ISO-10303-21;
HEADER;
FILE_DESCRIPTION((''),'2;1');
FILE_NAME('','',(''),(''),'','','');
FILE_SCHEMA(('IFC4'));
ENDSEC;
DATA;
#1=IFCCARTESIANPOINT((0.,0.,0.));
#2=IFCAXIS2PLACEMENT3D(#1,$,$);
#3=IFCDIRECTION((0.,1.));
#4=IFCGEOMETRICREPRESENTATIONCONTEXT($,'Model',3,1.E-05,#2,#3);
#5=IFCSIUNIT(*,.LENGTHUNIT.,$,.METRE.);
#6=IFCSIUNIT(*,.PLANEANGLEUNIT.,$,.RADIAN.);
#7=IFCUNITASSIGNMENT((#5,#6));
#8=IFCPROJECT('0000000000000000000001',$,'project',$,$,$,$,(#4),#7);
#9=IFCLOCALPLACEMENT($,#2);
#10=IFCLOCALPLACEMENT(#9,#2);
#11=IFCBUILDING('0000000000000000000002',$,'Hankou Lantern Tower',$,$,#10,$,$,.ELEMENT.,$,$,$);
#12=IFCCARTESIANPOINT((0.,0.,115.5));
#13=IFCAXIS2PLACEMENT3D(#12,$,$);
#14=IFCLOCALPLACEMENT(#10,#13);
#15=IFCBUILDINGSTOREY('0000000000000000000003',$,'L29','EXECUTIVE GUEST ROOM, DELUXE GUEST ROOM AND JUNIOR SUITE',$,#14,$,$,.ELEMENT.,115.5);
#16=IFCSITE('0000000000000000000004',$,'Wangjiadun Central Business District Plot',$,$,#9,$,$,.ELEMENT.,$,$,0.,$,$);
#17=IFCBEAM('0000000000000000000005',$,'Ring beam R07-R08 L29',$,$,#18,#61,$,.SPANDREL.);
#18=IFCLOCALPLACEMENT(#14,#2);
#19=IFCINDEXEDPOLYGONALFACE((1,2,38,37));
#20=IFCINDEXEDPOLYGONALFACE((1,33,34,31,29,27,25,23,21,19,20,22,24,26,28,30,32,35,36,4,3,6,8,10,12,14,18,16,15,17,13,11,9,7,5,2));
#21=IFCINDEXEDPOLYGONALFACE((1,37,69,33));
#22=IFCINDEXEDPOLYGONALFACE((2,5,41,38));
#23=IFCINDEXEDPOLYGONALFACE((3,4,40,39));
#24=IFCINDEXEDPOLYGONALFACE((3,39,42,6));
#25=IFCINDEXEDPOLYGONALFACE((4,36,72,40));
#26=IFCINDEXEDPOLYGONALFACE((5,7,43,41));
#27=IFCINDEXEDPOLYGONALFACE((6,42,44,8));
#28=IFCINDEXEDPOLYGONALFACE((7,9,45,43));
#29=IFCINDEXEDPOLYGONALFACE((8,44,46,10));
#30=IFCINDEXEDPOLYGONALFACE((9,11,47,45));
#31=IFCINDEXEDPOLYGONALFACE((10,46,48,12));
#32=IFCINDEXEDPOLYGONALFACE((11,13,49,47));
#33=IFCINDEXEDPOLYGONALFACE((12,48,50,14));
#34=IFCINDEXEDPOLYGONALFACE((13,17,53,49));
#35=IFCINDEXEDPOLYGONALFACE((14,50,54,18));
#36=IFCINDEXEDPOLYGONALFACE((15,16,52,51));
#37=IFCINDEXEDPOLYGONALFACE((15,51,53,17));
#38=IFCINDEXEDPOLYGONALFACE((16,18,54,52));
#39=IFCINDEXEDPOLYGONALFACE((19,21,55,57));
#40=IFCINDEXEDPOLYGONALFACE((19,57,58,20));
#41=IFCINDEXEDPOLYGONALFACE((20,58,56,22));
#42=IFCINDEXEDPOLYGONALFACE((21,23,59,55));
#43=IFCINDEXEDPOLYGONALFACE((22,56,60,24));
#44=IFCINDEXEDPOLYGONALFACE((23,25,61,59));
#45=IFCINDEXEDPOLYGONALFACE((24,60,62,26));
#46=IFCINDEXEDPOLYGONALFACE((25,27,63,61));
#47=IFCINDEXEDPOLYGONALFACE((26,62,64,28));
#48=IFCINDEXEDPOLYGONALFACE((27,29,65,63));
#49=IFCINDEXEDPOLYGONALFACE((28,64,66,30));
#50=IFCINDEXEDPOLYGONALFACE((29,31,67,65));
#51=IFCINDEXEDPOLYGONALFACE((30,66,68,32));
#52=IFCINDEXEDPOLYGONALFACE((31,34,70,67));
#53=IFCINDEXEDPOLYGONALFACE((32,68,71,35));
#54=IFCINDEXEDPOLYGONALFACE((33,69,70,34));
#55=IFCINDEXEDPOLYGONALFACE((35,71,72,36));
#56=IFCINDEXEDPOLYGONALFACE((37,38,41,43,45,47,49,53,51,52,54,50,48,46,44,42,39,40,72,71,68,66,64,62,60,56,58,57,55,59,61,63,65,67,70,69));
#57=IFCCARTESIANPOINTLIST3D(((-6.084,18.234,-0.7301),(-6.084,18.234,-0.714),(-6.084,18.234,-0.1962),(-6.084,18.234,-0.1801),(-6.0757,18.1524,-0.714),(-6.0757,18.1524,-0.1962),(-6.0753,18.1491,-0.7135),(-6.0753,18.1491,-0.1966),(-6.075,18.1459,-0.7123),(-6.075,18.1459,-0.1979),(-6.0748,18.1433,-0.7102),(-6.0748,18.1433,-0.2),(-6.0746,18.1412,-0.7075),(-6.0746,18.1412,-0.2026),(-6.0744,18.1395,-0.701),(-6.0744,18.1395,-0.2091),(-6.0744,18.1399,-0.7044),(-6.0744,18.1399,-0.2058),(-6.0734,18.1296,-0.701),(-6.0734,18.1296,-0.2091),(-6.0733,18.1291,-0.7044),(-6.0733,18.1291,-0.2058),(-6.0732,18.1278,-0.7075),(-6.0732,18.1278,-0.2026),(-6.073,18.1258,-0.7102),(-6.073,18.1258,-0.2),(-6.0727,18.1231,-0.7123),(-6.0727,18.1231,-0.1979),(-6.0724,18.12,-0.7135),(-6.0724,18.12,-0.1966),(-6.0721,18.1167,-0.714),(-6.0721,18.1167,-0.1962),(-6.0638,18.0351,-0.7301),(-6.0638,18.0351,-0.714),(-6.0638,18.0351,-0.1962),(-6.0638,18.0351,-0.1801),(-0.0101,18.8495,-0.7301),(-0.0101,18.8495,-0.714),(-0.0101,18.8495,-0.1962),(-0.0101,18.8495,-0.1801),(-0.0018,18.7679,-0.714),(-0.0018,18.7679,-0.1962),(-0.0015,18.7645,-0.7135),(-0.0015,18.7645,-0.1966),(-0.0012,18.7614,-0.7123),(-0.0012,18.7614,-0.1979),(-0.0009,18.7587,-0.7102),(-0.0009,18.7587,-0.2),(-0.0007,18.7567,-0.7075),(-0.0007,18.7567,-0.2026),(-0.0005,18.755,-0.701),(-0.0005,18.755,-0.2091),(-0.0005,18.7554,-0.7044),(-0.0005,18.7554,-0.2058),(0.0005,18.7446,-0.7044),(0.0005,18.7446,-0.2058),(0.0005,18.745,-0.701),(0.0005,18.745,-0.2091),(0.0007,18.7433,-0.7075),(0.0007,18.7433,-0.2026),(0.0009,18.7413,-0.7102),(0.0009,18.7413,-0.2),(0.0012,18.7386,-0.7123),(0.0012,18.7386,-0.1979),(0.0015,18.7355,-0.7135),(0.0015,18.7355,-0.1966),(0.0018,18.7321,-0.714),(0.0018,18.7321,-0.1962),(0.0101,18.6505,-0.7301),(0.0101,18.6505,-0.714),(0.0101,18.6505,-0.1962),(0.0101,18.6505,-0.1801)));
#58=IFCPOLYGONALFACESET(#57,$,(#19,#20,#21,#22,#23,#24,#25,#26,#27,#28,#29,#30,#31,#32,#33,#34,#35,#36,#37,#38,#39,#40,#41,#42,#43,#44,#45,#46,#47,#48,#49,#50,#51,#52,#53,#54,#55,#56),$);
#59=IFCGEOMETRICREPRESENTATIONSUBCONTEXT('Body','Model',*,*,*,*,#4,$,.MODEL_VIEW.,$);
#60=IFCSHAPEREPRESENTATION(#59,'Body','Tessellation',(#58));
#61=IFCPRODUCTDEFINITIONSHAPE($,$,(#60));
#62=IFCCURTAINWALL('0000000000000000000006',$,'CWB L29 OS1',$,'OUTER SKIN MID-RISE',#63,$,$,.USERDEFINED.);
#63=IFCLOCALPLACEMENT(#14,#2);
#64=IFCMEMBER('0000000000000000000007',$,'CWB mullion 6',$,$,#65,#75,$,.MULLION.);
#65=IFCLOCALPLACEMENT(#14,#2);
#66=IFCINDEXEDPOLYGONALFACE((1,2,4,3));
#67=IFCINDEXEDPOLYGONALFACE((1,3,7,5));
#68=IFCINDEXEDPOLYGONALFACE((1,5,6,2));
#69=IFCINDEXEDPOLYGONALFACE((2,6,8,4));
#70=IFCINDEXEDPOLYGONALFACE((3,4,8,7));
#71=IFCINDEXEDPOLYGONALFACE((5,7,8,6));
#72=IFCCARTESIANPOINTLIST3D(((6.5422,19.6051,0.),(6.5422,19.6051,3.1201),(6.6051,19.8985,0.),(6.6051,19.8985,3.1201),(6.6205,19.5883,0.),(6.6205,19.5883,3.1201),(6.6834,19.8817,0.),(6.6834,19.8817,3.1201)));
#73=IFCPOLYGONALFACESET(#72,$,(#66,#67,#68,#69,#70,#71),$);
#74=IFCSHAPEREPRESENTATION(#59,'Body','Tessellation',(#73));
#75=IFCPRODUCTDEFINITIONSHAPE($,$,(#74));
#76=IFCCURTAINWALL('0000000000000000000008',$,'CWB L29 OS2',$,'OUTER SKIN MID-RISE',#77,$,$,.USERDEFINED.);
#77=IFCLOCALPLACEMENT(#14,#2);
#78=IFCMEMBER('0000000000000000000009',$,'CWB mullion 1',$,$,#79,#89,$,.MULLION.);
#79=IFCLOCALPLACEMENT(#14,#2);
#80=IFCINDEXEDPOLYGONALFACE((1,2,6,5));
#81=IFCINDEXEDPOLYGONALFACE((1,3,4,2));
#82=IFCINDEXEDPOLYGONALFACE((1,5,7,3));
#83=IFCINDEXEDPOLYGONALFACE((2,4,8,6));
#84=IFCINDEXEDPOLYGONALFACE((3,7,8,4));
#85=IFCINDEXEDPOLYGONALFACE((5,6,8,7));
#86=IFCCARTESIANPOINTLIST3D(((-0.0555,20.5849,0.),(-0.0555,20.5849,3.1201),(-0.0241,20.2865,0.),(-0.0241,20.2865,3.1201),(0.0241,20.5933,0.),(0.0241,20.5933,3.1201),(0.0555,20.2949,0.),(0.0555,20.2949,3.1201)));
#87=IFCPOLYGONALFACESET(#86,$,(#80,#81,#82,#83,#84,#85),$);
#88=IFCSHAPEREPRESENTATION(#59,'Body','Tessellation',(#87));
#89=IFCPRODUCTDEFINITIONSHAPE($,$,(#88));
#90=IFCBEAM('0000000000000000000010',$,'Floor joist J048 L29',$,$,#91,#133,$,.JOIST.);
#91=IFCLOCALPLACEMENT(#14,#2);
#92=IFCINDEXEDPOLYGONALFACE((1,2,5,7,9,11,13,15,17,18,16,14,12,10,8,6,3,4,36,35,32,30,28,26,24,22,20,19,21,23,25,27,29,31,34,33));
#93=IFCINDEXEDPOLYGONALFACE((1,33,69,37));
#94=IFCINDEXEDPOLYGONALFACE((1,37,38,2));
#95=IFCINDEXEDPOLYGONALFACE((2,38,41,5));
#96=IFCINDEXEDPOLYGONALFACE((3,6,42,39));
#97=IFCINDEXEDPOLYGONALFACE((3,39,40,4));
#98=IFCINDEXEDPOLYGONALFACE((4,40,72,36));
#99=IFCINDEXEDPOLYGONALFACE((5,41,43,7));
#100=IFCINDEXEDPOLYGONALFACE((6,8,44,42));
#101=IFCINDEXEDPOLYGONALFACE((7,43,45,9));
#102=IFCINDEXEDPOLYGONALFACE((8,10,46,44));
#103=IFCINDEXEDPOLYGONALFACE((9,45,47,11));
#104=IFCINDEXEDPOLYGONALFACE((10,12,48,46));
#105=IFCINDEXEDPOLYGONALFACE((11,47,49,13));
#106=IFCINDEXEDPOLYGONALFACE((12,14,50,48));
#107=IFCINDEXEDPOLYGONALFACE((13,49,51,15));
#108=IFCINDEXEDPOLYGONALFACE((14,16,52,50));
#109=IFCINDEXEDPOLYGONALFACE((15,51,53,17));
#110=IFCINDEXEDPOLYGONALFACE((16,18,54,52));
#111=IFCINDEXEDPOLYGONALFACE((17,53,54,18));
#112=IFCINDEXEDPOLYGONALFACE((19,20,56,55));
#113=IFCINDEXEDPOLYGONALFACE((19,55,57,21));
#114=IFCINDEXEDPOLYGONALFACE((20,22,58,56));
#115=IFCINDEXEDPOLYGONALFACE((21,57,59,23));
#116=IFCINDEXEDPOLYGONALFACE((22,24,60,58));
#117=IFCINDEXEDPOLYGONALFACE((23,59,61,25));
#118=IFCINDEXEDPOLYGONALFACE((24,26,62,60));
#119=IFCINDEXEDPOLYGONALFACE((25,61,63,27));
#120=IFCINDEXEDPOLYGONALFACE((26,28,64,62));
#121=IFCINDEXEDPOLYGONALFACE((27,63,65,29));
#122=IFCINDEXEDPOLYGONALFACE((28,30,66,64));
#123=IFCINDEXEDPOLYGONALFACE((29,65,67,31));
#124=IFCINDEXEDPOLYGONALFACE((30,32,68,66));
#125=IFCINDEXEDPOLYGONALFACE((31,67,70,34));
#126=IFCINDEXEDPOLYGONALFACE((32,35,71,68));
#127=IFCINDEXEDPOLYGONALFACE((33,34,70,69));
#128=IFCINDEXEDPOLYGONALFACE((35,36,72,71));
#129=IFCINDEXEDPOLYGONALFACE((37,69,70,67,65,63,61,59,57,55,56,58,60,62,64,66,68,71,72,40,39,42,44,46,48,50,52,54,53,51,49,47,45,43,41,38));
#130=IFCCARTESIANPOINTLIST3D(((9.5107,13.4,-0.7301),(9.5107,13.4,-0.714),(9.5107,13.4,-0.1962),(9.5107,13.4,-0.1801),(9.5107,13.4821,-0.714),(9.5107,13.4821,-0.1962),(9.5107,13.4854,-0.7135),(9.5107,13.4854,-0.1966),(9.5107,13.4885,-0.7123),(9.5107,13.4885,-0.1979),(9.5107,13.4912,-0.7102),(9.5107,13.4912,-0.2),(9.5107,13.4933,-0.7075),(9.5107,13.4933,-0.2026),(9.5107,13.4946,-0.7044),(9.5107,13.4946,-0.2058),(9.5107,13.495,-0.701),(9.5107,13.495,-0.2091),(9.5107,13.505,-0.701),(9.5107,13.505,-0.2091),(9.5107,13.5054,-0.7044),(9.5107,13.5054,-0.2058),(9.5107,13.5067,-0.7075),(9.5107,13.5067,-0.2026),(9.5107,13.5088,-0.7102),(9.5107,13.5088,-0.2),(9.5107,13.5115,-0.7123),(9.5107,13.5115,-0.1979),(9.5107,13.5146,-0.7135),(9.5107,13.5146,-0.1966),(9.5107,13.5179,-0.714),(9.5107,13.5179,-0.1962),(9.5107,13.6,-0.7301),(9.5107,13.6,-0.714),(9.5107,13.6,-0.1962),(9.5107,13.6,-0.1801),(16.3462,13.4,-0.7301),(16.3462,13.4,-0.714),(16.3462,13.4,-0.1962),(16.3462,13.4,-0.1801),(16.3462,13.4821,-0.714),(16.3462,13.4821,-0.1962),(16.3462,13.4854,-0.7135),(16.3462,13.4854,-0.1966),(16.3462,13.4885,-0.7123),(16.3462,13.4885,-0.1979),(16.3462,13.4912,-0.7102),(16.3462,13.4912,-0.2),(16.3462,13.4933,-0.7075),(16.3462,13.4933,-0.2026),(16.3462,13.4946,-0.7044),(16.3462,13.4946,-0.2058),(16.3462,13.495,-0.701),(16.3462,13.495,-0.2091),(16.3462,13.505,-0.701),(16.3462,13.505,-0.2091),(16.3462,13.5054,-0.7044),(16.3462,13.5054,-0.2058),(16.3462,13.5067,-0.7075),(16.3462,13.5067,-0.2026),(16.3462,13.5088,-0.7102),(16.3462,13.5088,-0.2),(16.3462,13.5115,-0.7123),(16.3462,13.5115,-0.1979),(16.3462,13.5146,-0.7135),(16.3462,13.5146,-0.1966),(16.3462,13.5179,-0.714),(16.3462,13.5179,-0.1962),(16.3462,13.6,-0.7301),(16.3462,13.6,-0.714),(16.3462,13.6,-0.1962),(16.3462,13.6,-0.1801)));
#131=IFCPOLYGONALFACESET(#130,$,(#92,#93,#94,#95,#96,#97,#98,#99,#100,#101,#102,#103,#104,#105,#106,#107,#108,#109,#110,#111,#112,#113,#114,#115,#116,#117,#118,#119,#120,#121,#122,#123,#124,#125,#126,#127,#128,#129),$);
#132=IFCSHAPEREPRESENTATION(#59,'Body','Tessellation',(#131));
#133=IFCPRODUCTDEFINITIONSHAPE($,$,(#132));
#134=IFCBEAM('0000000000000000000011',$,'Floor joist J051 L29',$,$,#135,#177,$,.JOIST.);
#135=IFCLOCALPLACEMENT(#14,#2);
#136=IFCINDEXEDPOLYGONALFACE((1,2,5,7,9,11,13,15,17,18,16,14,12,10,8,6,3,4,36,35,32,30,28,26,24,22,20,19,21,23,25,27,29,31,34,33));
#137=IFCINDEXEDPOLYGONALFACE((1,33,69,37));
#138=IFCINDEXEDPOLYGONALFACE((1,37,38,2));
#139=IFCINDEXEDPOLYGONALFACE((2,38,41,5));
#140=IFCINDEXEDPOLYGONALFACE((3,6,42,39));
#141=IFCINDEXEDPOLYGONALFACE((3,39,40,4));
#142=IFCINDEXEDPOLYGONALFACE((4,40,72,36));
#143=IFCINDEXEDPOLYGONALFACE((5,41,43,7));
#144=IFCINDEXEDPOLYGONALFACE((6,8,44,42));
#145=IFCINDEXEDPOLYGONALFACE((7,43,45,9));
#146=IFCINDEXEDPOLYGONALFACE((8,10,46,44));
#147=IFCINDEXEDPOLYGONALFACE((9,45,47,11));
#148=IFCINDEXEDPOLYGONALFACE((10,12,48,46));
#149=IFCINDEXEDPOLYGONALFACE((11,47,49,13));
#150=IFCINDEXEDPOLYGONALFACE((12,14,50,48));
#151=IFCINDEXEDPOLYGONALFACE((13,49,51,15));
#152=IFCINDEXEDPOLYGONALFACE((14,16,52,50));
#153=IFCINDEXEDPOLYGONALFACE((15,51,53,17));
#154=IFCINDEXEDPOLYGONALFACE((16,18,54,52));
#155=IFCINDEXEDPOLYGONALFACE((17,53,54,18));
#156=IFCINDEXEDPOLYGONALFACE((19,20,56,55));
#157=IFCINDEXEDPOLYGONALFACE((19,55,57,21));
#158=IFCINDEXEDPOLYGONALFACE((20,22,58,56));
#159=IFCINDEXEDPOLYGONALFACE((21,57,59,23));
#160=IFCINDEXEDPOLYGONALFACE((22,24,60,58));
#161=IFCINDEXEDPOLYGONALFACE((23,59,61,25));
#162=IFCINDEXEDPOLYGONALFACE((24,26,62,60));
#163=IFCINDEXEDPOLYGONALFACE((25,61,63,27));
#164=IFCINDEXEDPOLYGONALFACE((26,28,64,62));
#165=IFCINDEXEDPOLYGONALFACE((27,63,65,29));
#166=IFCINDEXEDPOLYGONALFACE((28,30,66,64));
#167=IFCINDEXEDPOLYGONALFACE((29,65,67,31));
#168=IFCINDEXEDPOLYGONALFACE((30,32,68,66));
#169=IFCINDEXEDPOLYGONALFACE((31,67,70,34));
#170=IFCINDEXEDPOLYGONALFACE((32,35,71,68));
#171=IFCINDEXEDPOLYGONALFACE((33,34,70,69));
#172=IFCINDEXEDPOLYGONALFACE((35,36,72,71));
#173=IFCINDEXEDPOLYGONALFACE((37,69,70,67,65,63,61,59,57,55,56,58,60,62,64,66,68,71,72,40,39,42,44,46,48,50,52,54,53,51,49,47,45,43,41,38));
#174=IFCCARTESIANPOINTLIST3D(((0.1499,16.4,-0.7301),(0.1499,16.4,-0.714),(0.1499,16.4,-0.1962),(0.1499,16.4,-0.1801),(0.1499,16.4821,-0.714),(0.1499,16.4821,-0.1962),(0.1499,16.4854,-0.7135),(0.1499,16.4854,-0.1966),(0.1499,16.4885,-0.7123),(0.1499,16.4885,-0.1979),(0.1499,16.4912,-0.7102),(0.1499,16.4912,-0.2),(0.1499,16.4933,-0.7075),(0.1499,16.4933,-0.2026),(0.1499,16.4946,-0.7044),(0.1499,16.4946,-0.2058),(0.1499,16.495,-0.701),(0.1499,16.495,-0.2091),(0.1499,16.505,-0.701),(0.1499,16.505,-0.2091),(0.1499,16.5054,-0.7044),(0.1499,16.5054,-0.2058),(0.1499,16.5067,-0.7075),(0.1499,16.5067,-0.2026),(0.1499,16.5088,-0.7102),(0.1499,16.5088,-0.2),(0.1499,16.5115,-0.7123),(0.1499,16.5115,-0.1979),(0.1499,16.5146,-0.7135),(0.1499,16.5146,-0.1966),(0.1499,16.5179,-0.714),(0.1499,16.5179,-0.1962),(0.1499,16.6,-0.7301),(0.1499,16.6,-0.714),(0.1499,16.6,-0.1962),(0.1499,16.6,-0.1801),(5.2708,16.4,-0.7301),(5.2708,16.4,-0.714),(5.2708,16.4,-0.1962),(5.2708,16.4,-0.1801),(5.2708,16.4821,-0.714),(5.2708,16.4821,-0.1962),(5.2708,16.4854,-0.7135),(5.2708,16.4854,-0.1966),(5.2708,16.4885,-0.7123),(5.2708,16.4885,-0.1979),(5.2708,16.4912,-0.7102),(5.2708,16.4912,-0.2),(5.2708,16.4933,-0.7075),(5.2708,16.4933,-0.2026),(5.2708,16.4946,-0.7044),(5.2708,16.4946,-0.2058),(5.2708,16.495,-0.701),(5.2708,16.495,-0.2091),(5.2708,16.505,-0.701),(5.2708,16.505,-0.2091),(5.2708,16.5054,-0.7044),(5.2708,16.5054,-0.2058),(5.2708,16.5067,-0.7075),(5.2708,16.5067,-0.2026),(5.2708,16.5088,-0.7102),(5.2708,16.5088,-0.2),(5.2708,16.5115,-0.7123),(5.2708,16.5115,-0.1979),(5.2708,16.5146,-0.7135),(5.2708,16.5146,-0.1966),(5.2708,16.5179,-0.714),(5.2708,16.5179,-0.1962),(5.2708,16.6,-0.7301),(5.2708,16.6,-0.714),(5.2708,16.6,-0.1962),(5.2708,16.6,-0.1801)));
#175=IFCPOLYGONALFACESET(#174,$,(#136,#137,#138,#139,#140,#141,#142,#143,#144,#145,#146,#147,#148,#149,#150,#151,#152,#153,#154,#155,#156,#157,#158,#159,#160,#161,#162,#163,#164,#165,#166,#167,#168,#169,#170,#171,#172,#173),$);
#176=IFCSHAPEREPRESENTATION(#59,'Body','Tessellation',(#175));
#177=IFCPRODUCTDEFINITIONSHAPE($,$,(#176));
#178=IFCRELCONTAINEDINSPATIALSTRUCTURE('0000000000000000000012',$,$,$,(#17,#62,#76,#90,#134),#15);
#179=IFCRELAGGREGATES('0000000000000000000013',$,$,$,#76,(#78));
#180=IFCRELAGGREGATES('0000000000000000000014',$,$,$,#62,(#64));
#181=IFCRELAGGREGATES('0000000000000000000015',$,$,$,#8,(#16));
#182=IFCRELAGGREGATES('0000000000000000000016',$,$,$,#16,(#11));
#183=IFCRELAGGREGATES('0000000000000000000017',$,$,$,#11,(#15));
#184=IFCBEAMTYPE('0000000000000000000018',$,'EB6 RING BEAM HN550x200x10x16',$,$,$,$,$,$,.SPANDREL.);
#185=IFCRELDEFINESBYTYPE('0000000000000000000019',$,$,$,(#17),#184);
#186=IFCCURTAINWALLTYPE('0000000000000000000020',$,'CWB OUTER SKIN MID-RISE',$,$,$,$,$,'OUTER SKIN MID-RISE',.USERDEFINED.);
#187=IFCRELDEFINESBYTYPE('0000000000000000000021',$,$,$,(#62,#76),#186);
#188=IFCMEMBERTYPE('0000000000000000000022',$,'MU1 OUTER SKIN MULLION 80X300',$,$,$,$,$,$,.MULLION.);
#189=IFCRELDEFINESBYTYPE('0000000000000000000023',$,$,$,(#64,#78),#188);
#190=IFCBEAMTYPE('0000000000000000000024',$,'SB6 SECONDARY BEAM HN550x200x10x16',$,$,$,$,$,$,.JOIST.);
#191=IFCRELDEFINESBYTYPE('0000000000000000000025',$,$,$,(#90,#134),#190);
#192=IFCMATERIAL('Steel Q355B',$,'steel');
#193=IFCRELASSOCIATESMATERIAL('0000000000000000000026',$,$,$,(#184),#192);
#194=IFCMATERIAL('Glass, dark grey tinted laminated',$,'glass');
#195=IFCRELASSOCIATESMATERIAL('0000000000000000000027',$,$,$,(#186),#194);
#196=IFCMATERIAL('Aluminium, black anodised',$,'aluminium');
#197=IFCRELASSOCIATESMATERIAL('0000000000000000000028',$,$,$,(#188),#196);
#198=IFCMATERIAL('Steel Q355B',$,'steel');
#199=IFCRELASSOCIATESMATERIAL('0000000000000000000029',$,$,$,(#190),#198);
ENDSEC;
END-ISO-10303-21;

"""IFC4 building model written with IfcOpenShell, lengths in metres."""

from ifc_helpers import new_model, si_unit, direction, frame, origin, origin_2d, place, context, subcontext, project, spatial, rectangle, i_section, extrude, material, material_profile, profile_set, type_object, element, aggregate, save


model = new_model("IFC4")

# Units and contexts
model_context = context("Model", 3, precision=1e-05, world=origin(), true_north=direction((0.0, 1.0)))
body_context = subcontext(model_context, "Body", "Model", "MODEL_VIEW")
ifc_project = project(units=[si_unit("LENGTHUNIT", "METRE"), si_unit("PLANEANGLEUNIT", "RADIAN")], contexts=[model_context])

# Site, building, storey
site_placement = place(None, origin())
site = spatial("IfcSite", under=ifc_project, at=site_placement, Name="Wangjiadun Central Business District Plot", CompositionType="ELEMENT", RefElevation=0.0)
building_placement = place(site_placement, origin())
building = spatial("IfcBuilding", under=site, at=building_placement, Name="Hankou Lantern Tower", CompositionType="ELEMENT")
storey_placement = place(building_placement, frame((0.0, 0.0, 115.5)))
storey = spatial("IfcBuildingStorey", under=building, at=storey_placement, Name="L29", Description="EXECUTIVE GUEST ROOM, DELUXE GUEST ROOM AND JUNIOR SUITE", CompositionType="ELEMENT", Elevation=115.5)

# Beam
ifc_material_1 = material(Name="Steel Q355B", Category="steel")
ifc_material_profile_1 = material_profile(ifc_material_1, i_section(OverallWidth=0.2, OverallDepth=0.55, WebThickness=0.01, FlangeThickness=0.0161, FilletRadius=0.0129, at=origin_2d()), Name="HN550x200x10x16")
ifc_profile_set_1 = profile_set([ifc_material_profile_1], Name="Steel Q355B")
beam_type_1 = type_object("IfcBeamType", Name="EB6 RING BEAM HN550x200x10x16", PredefinedType="SPANDREL", material=ifc_profile_set_1)
for number, where, z_axis, x_axis, name in (
    (1, (0.0, 18.75, -0.4551), (-0.994905, -0.100814, 0.0), (0.100814, -0.994905, 0.0), "Ring beam R07-R08 L29"),
):
    element("IfcBeam", number, at=place(storey_placement, frame(where, z_axis=z_axis, x_axis=x_axis)), inside=storey, type_object=beam_type_1, Name=name, PredefinedType="SPANDREL", context=body_context, shape_type="SweptSolid", body=[
        extrude(i_section(OverallWidth=0.2, OverallDepth=0.55, WebThickness=0.01, FlangeThickness=0.0161, FilletRadius=0.0129, at=origin_2d()), origin(), (0.0, 0.0, 1.0), 6.105),
    ])

# Curtain walls, members
ifc_material_2 = material(Name="Glass, dark grey tinted laminated", Category="glass")
curtain_wall_type = type_object("IfcCurtainWallType", Name="CWB OUTER SKIN MID-RISE", ElementType="OUTER SKIN MID-RISE", PredefinedType="USERDEFINED", material=ifc_material_2)
curtain_wall_1_placement = place(storey_placement, origin())
curtain_wall_1 = element("IfcCurtainWall", 2, at=curtain_wall_1_placement, inside=storey, type_object=curtain_wall_type, Name="CWB L29 OS1", ObjectType="OUTER SKIN MID-RISE", PredefinedType="USERDEFINED")
ifc_material_3 = material(Name="Aluminium, black anodised", Category="aluminium")
ifc_material_profile_2 = material_profile(ifc_material_3, rectangle(XDim=0.0801, YDim=0.3, at=origin_2d()), Name="MU1 80X300")
ifc_profile_set_2 = profile_set([ifc_material_profile_2], Name="Aluminium, black anodised")
member_type_1 = type_object("IfcMemberType", Name="MU1 OUTER SKIN MULLION 80X300", PredefinedType="MULLION", material=ifc_profile_set_2)
member_1_placement = place(storey_placement, frame((6.6128, 19.7434, 0.0), z_axis=(0.0, 0.0, 1.0), x_axis=(-0.977788, 0.209598, 0.0)))
member_1 = element("IfcMember", 3, at=member_1_placement, type_object=member_type_1, Name="CWB mullion 6", PredefinedType="MULLION", context=body_context, shape_type="SweptSolid", body=[
    extrude(rectangle(XDim=0.0801, YDim=0.3, at=origin_2d()), origin(), (0.0, 0.0, 1.0), 3.1201),
])
curtain_wall_2_placement = place(storey_placement, origin())
curtain_wall_2 = element("IfcCurtainWall", 4, at=curtain_wall_2_placement, inside=storey, type_object=curtain_wall_type, Name="CWB L29 OS2", ObjectType="OUTER SKIN MID-RISE", PredefinedType="USERDEFINED")
member_2_placement = place(storey_placement, frame((0.0, 20.4399, 0.0), z_axis=(0.0, 0.0, 1.0), x_axis=(-0.994499, -0.104743, 0.0)))
member_2 = element("IfcMember", 5, at=member_2_placement, type_object=member_type_1, Name="CWB mullion 1", PredefinedType="MULLION", context=body_context, shape_type="SweptSolid", body=[
    extrude(rectangle(XDim=0.0801, YDim=0.3, at=origin_2d()), origin(), (0.0, 0.0, 1.0), 3.1201),
])
aggregate(curtain_wall_2, [member_2])

# Beams
ifc_material_4 = material(Name="Steel Q355B", Category="steel")
ifc_material_profile_3 = material_profile(ifc_material_4, i_section(OverallWidth=0.2, OverallDepth=0.55, WebThickness=0.01, FlangeThickness=0.0161, FilletRadius=0.0129, at=origin_2d()), Name="HN550x200x10x16")
ifc_profile_set_3 = profile_set([ifc_material_profile_3], Name="Steel Q355B")
beam_type_2 = type_object("IfcBeamType", Name="SB6 SECONDARY BEAM HN550x200x10x16", PredefinedType="JOIST", material=ifc_profile_set_3)
beam_1_placement = place(storey_placement, frame((9.5107, 13.5, -0.4551), z_axis=(1.0, 0.0, 0.0), x_axis=(0.0, 1.0, 0.0)))
element("IfcBeam", 6, at=beam_1_placement, inside=storey, type_object=beam_type_2, Name="Floor joist J048 L29", PredefinedType="JOIST", context=body_context, shape_type="SweptSolid", body=[
    extrude(i_section(OverallWidth=0.2, OverallDepth=0.55, WebThickness=0.01, FlangeThickness=0.0161, FilletRadius=0.0129, at=origin_2d()), origin(), (0.0, 0.0, 1.0), 6.8354),
])
beam_2_placement = place(storey_placement, frame((0.1499, 16.5, -0.4551), z_axis=(1.0, 0.0, 0.0), x_axis=(0.0, 1.0, 0.0)))
element("IfcBeam", 7, at=beam_2_placement, inside=storey, type_object=beam_type_2, Name="Floor joist J051 L29", PredefinedType="JOIST", context=body_context, shape_type="SweptSolid", body=[
    extrude(i_section(OverallWidth=0.2, OverallDepth=0.55, WebThickness=0.01, FlangeThickness=0.0161, FilletRadius=0.0129, at=origin_2d()), origin(), (0.0, 0.0, 1.0), 5.1208),
])

aggregate(curtain_wall_1, [member_1])

save(model, "model.ifc")
